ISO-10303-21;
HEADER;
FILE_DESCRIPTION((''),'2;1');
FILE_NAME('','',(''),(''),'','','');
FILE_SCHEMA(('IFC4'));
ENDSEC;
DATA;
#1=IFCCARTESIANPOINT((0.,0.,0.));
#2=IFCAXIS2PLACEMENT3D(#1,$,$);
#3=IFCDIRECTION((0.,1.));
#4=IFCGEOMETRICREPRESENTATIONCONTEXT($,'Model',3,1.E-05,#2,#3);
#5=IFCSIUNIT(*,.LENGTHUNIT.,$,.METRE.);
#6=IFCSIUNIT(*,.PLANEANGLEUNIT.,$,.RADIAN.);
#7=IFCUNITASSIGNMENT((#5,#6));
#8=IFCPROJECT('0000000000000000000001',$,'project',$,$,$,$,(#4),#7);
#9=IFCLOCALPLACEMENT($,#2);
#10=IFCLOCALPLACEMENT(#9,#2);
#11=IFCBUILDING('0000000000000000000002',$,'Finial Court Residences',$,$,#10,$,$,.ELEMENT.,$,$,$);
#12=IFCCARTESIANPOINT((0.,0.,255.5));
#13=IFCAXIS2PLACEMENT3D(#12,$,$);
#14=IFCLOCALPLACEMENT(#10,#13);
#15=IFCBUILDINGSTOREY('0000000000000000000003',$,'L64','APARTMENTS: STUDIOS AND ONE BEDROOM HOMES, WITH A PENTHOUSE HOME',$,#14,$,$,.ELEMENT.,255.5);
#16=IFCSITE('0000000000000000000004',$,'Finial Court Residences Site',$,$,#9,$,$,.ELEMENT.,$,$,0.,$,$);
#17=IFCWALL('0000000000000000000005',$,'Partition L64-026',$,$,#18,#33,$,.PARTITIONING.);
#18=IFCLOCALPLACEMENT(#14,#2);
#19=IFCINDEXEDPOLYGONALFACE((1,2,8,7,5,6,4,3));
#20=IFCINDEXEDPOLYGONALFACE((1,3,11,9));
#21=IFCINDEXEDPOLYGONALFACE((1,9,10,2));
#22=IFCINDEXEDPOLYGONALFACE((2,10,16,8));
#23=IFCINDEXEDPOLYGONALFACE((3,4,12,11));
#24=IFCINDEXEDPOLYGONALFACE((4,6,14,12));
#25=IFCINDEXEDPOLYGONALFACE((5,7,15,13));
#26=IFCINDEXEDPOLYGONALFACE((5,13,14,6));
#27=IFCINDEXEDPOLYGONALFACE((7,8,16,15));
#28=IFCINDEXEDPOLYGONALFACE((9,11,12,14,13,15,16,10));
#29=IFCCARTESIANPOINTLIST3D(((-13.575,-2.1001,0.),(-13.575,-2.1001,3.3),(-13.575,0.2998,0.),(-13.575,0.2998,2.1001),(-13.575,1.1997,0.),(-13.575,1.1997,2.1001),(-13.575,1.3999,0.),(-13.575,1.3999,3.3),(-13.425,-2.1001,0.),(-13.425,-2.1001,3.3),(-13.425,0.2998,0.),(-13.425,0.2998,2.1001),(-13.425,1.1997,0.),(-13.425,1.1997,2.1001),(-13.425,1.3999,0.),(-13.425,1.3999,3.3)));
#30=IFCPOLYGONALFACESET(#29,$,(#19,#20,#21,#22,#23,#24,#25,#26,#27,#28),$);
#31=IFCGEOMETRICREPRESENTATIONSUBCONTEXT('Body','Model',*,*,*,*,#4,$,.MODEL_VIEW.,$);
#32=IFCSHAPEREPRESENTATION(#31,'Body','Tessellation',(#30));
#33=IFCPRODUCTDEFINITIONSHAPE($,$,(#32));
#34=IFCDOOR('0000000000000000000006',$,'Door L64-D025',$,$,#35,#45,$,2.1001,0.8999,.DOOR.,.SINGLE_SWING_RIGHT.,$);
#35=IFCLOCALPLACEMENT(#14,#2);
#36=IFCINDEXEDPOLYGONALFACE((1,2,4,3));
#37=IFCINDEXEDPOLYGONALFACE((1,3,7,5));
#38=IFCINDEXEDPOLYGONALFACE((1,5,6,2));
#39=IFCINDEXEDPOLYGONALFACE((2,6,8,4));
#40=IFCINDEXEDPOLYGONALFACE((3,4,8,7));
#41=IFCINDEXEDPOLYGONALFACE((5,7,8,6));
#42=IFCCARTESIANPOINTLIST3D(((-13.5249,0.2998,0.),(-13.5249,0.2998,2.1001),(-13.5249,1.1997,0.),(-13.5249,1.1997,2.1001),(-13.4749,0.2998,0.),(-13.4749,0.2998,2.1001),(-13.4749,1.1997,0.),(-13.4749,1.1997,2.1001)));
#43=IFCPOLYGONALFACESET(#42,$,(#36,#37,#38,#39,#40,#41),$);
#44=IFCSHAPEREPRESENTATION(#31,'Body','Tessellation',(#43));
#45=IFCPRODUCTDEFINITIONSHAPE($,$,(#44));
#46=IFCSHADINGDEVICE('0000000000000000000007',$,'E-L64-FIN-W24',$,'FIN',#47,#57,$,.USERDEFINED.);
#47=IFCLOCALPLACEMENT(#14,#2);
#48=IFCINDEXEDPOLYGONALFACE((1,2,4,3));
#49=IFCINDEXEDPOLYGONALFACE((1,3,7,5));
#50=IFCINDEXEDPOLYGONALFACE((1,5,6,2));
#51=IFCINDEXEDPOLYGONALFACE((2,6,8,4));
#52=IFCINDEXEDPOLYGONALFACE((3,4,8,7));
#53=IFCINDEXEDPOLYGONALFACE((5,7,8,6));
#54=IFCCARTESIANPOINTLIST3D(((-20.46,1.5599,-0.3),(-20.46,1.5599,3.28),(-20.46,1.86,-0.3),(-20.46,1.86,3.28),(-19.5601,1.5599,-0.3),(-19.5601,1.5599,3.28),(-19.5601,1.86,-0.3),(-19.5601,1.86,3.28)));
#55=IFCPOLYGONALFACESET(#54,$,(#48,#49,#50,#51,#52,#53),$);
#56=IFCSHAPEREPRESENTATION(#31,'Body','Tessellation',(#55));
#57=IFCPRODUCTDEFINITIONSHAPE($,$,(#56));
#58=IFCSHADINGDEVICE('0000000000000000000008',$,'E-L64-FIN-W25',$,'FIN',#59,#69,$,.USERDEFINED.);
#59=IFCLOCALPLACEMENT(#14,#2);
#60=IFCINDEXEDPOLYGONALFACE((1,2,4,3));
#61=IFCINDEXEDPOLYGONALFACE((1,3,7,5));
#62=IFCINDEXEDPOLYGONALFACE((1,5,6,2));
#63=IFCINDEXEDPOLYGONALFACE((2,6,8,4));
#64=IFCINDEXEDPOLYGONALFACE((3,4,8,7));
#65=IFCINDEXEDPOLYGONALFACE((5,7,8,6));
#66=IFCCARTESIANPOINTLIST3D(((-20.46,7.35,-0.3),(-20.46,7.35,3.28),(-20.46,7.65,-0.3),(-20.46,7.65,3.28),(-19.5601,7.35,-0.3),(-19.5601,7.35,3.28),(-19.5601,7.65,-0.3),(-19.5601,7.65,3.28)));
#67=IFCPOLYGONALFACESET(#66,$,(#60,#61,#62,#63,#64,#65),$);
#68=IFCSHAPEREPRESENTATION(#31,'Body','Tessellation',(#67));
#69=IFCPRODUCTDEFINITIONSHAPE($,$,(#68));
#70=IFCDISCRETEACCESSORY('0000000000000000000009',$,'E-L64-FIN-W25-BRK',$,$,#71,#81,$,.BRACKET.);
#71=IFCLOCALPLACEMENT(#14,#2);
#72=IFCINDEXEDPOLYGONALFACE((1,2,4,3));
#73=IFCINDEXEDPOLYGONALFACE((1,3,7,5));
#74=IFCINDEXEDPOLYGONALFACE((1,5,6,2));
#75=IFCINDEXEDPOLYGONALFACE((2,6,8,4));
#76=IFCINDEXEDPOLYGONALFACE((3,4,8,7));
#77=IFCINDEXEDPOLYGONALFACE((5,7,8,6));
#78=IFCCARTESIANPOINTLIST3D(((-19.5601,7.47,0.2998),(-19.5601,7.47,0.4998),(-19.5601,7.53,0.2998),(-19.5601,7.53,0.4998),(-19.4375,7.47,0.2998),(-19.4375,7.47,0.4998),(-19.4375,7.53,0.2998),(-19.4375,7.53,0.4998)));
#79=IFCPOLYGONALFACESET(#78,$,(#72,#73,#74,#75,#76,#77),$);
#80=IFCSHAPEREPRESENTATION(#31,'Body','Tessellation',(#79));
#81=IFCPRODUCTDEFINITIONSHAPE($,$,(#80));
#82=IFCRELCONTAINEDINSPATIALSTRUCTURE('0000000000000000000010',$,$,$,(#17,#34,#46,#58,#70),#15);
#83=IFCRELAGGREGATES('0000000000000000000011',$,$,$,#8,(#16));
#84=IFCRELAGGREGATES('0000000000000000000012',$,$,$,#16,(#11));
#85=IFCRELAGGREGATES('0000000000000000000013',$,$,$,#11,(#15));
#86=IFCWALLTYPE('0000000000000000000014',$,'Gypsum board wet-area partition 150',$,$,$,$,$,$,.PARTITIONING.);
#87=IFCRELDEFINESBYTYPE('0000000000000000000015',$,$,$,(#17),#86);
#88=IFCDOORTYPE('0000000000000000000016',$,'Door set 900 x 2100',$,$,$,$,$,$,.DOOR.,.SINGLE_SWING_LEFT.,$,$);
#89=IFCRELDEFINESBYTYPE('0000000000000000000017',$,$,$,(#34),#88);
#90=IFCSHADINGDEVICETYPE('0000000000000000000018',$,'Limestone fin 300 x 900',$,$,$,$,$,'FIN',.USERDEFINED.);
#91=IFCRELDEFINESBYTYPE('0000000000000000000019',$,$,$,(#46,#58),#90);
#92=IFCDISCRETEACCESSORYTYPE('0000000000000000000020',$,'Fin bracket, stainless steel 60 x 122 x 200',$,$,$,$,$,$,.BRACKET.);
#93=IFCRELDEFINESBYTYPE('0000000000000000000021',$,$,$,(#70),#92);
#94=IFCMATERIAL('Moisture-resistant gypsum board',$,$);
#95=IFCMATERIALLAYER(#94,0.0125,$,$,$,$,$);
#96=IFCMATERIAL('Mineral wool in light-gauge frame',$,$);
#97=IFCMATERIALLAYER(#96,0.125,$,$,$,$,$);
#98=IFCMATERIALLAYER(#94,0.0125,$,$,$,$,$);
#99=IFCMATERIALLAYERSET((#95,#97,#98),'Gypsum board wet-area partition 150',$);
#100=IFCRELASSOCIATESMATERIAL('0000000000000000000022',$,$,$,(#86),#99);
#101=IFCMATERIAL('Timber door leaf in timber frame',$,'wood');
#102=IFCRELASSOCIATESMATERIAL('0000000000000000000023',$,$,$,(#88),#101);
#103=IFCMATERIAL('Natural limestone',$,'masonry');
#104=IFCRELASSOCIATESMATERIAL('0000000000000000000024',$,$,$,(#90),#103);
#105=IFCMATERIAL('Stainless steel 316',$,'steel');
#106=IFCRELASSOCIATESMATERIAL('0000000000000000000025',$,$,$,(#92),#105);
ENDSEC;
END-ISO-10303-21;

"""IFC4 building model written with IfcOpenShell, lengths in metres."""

from ifc_helpers import new_model, si_unit, direction, frame, frame_2d, origin, origin_2d, place, context, subcontext, project, spatial, rectangle, extrude, material, layer, layer_set, type_object, element, fill, save


model = new_model("IFC4")

# Units and contexts
model_context = context("Model", 3, precision=1e-05, world=origin(), true_north=direction((0.0, 1.0)))
body_context = subcontext(model_context, "Body", "Model", "MODEL_VIEW")
ifc_project = project(units=[si_unit("LENGTHUNIT", "METRE"), si_unit("PLANEANGLEUNIT", "RADIAN")], contexts=[model_context])

# Site, building, storey
site_placement = place(None, origin())
site = spatial("IfcSite", under=ifc_project, at=site_placement, Name="Finial Court Residences Site", CompositionType="ELEMENT", RefElevation=0.0)
building_placement = place(site_placement, origin())
building = spatial("IfcBuilding", under=site, at=building_placement, Name="Finial Court Residences", CompositionType="ELEMENT")
storey_placement = place(building_placement, frame((0.0, 0.0, 255.5)))
storey = spatial("IfcBuildingStorey", under=building, at=storey_placement, Name="L64", Description="APARTMENTS: STUDIOS AND ONE BEDROOM HOMES, WITH A PENTHOUSE HOME", CompositionType="ELEMENT", Elevation=255.5)

# Shared definitions
ifc_material_1 = material(Name="Mineral wool in light-gauge frame")

# Shared definitions
ifc_material_2 = material(Name="Moisture-resistant gypsum board")
ifc_layer_1 = layer(ifc_material_2, 0.0125)
ifc_layer_2 = layer(ifc_material_1, 0.125)
ifc_layer_3 = layer(ifc_material_2, 0.0125)
ifc_layer_set_1 = layer_set([ifc_layer_1, ifc_layer_2, ifc_layer_3], Name="Gypsum board wet-area partition 150")
wall_type_1 = type_object("IfcWallType", Name="Gypsum board wet-area partition 150", PredefinedType="PARTITIONING", material=ifc_layer_set_1)
ifc_material_3 = material(Name="Timber door leaf in timber frame", Category="wood")
door_type_1 = type_object("IfcDoorType", Name="Door set 900 x 2100", OperationType="SINGLE_SWING_LEFT", PredefinedType="DOOR", material=ifc_material_3)

# Wall, opening, door
wall_1_placement = place(storey_placement, frame((-13.5, -2.1001, 0.0), z_axis=(0.0, 0.0, 1.0), x_axis=(0.0, 1.0, 0.0)))
wall_1 = element("IfcWall", 1, at=wall_1_placement, inside=storey, type_object=wall_type_1, Name="Partition L64-026", PredefinedType="PARTITIONING", context=body_context, shape_type="SweptSolid", body=[
    extrude(rectangle(XDim=3.5, YDim=0.1499, at=frame_2d((1.75, 0.0))), origin(), (0.0, 0.0, 1.0), 3.3),
])
opening_1_placement = place(wall_1_placement, frame((2.3999, 0.0, 0.0)))
opening_1 = element("IfcOpeningElement", 2, at=opening_1_placement, cuts=wall_1, PredefinedType="OPENING", context=body_context, shape_type="SweptSolid", body=[
    extrude(rectangle(XDim=0.8999, YDim=2.1001, at=frame_2d((0.45, 1.05))), frame((0.0, 0.085, 0.0), z_axis=(0.0, -1.0, 0.0), x_axis=(1.0, 0.0, 0.0)), (0.0, 0.0, 1.0), 0.1699),
])
door_1_placement = place(opening_1_placement, origin())
door_1 = element("IfcDoor", 3, at=door_1_placement, inside=storey, type_object=door_type_1, Name="Door L64-D025", OperationType="SINGLE_SWING_RIGHT", OverallHeight=2.1001, OverallWidth=0.8999, PredefinedType="DOOR", context=body_context, shape_type="SweptSolid", body=[
    extrude(rectangle(XDim=0.8999, YDim=2.1001, at=frame_2d((0.45, 1.05))), frame((0.0, 0.0249, 0.0), z_axis=(0.0, -1.0, 0.0), x_axis=(1.0, 0.0, 0.0)), (0.0, 0.0, 1.0), 0.05),
])
fill(opening_1, door_1)

# Shading devices
ifc_material_4 = material(Name="Natural limestone", Category="masonry")
shading_device_type = type_object("IfcShadingDeviceType", Name="Limestone fin 300 x 900", ElementType="FIN", PredefinedType="USERDEFINED", material=ifc_material_4)
for number, where, z_axis, x_axis, name in (
    (4, (-20.01, 1.71, -0.3), (0.0, 0.0, 1.0), (1.0, 0.0, 0.0), "E-L64-FIN-W24"),
    (5, (-20.01, 7.5, -0.3), (0.0, 0.0, 1.0), (1.0, 0.0, 0.0), "E-L64-FIN-W25"),
):
    element("IfcShadingDevice", number, at=place(storey_placement, frame(where, z_axis=z_axis, x_axis=x_axis)), inside=storey, type_object=shading_device_type, Name=name, ObjectType="FIN", PredefinedType="USERDEFINED", context=body_context, shape_type="SweptSolid", body=[
        extrude(rectangle(XDim=0.8999, YDim=0.3, at=origin_2d()), origin(), (0.0, 0.0, 1.0), 3.5801),
    ])

# Discrete accessory
ifc_material_5 = material(Name="Stainless steel 316", Category="steel")
discrete_accessory_type = type_object("IfcDiscreteAccessoryType", Name="Fin bracket, stainless steel 60 x 122 x 200", PredefinedType="BRACKET", material=ifc_material_5)
discrete_accessory_placement = place(storey_placement, frame((-19.4988, 7.5, 0.2998), z_axis=(0.0, 0.0, 1.0), x_axis=(1.0, 0.0, 0.0)))
element("IfcDiscreteAccessory", 6, at=discrete_accessory_placement, inside=storey, type_object=discrete_accessory_type, Name="E-L64-FIN-W25-BRK", PredefinedType="BRACKET", context=body_context, shape_type="SweptSolid", body=[
    extrude(rectangle(XDim=0.1226, YDim=0.0601, at=origin_2d()), origin(), (0.0, 0.0, 1.0), 0.2),
])

save(model, "model.ifc")
